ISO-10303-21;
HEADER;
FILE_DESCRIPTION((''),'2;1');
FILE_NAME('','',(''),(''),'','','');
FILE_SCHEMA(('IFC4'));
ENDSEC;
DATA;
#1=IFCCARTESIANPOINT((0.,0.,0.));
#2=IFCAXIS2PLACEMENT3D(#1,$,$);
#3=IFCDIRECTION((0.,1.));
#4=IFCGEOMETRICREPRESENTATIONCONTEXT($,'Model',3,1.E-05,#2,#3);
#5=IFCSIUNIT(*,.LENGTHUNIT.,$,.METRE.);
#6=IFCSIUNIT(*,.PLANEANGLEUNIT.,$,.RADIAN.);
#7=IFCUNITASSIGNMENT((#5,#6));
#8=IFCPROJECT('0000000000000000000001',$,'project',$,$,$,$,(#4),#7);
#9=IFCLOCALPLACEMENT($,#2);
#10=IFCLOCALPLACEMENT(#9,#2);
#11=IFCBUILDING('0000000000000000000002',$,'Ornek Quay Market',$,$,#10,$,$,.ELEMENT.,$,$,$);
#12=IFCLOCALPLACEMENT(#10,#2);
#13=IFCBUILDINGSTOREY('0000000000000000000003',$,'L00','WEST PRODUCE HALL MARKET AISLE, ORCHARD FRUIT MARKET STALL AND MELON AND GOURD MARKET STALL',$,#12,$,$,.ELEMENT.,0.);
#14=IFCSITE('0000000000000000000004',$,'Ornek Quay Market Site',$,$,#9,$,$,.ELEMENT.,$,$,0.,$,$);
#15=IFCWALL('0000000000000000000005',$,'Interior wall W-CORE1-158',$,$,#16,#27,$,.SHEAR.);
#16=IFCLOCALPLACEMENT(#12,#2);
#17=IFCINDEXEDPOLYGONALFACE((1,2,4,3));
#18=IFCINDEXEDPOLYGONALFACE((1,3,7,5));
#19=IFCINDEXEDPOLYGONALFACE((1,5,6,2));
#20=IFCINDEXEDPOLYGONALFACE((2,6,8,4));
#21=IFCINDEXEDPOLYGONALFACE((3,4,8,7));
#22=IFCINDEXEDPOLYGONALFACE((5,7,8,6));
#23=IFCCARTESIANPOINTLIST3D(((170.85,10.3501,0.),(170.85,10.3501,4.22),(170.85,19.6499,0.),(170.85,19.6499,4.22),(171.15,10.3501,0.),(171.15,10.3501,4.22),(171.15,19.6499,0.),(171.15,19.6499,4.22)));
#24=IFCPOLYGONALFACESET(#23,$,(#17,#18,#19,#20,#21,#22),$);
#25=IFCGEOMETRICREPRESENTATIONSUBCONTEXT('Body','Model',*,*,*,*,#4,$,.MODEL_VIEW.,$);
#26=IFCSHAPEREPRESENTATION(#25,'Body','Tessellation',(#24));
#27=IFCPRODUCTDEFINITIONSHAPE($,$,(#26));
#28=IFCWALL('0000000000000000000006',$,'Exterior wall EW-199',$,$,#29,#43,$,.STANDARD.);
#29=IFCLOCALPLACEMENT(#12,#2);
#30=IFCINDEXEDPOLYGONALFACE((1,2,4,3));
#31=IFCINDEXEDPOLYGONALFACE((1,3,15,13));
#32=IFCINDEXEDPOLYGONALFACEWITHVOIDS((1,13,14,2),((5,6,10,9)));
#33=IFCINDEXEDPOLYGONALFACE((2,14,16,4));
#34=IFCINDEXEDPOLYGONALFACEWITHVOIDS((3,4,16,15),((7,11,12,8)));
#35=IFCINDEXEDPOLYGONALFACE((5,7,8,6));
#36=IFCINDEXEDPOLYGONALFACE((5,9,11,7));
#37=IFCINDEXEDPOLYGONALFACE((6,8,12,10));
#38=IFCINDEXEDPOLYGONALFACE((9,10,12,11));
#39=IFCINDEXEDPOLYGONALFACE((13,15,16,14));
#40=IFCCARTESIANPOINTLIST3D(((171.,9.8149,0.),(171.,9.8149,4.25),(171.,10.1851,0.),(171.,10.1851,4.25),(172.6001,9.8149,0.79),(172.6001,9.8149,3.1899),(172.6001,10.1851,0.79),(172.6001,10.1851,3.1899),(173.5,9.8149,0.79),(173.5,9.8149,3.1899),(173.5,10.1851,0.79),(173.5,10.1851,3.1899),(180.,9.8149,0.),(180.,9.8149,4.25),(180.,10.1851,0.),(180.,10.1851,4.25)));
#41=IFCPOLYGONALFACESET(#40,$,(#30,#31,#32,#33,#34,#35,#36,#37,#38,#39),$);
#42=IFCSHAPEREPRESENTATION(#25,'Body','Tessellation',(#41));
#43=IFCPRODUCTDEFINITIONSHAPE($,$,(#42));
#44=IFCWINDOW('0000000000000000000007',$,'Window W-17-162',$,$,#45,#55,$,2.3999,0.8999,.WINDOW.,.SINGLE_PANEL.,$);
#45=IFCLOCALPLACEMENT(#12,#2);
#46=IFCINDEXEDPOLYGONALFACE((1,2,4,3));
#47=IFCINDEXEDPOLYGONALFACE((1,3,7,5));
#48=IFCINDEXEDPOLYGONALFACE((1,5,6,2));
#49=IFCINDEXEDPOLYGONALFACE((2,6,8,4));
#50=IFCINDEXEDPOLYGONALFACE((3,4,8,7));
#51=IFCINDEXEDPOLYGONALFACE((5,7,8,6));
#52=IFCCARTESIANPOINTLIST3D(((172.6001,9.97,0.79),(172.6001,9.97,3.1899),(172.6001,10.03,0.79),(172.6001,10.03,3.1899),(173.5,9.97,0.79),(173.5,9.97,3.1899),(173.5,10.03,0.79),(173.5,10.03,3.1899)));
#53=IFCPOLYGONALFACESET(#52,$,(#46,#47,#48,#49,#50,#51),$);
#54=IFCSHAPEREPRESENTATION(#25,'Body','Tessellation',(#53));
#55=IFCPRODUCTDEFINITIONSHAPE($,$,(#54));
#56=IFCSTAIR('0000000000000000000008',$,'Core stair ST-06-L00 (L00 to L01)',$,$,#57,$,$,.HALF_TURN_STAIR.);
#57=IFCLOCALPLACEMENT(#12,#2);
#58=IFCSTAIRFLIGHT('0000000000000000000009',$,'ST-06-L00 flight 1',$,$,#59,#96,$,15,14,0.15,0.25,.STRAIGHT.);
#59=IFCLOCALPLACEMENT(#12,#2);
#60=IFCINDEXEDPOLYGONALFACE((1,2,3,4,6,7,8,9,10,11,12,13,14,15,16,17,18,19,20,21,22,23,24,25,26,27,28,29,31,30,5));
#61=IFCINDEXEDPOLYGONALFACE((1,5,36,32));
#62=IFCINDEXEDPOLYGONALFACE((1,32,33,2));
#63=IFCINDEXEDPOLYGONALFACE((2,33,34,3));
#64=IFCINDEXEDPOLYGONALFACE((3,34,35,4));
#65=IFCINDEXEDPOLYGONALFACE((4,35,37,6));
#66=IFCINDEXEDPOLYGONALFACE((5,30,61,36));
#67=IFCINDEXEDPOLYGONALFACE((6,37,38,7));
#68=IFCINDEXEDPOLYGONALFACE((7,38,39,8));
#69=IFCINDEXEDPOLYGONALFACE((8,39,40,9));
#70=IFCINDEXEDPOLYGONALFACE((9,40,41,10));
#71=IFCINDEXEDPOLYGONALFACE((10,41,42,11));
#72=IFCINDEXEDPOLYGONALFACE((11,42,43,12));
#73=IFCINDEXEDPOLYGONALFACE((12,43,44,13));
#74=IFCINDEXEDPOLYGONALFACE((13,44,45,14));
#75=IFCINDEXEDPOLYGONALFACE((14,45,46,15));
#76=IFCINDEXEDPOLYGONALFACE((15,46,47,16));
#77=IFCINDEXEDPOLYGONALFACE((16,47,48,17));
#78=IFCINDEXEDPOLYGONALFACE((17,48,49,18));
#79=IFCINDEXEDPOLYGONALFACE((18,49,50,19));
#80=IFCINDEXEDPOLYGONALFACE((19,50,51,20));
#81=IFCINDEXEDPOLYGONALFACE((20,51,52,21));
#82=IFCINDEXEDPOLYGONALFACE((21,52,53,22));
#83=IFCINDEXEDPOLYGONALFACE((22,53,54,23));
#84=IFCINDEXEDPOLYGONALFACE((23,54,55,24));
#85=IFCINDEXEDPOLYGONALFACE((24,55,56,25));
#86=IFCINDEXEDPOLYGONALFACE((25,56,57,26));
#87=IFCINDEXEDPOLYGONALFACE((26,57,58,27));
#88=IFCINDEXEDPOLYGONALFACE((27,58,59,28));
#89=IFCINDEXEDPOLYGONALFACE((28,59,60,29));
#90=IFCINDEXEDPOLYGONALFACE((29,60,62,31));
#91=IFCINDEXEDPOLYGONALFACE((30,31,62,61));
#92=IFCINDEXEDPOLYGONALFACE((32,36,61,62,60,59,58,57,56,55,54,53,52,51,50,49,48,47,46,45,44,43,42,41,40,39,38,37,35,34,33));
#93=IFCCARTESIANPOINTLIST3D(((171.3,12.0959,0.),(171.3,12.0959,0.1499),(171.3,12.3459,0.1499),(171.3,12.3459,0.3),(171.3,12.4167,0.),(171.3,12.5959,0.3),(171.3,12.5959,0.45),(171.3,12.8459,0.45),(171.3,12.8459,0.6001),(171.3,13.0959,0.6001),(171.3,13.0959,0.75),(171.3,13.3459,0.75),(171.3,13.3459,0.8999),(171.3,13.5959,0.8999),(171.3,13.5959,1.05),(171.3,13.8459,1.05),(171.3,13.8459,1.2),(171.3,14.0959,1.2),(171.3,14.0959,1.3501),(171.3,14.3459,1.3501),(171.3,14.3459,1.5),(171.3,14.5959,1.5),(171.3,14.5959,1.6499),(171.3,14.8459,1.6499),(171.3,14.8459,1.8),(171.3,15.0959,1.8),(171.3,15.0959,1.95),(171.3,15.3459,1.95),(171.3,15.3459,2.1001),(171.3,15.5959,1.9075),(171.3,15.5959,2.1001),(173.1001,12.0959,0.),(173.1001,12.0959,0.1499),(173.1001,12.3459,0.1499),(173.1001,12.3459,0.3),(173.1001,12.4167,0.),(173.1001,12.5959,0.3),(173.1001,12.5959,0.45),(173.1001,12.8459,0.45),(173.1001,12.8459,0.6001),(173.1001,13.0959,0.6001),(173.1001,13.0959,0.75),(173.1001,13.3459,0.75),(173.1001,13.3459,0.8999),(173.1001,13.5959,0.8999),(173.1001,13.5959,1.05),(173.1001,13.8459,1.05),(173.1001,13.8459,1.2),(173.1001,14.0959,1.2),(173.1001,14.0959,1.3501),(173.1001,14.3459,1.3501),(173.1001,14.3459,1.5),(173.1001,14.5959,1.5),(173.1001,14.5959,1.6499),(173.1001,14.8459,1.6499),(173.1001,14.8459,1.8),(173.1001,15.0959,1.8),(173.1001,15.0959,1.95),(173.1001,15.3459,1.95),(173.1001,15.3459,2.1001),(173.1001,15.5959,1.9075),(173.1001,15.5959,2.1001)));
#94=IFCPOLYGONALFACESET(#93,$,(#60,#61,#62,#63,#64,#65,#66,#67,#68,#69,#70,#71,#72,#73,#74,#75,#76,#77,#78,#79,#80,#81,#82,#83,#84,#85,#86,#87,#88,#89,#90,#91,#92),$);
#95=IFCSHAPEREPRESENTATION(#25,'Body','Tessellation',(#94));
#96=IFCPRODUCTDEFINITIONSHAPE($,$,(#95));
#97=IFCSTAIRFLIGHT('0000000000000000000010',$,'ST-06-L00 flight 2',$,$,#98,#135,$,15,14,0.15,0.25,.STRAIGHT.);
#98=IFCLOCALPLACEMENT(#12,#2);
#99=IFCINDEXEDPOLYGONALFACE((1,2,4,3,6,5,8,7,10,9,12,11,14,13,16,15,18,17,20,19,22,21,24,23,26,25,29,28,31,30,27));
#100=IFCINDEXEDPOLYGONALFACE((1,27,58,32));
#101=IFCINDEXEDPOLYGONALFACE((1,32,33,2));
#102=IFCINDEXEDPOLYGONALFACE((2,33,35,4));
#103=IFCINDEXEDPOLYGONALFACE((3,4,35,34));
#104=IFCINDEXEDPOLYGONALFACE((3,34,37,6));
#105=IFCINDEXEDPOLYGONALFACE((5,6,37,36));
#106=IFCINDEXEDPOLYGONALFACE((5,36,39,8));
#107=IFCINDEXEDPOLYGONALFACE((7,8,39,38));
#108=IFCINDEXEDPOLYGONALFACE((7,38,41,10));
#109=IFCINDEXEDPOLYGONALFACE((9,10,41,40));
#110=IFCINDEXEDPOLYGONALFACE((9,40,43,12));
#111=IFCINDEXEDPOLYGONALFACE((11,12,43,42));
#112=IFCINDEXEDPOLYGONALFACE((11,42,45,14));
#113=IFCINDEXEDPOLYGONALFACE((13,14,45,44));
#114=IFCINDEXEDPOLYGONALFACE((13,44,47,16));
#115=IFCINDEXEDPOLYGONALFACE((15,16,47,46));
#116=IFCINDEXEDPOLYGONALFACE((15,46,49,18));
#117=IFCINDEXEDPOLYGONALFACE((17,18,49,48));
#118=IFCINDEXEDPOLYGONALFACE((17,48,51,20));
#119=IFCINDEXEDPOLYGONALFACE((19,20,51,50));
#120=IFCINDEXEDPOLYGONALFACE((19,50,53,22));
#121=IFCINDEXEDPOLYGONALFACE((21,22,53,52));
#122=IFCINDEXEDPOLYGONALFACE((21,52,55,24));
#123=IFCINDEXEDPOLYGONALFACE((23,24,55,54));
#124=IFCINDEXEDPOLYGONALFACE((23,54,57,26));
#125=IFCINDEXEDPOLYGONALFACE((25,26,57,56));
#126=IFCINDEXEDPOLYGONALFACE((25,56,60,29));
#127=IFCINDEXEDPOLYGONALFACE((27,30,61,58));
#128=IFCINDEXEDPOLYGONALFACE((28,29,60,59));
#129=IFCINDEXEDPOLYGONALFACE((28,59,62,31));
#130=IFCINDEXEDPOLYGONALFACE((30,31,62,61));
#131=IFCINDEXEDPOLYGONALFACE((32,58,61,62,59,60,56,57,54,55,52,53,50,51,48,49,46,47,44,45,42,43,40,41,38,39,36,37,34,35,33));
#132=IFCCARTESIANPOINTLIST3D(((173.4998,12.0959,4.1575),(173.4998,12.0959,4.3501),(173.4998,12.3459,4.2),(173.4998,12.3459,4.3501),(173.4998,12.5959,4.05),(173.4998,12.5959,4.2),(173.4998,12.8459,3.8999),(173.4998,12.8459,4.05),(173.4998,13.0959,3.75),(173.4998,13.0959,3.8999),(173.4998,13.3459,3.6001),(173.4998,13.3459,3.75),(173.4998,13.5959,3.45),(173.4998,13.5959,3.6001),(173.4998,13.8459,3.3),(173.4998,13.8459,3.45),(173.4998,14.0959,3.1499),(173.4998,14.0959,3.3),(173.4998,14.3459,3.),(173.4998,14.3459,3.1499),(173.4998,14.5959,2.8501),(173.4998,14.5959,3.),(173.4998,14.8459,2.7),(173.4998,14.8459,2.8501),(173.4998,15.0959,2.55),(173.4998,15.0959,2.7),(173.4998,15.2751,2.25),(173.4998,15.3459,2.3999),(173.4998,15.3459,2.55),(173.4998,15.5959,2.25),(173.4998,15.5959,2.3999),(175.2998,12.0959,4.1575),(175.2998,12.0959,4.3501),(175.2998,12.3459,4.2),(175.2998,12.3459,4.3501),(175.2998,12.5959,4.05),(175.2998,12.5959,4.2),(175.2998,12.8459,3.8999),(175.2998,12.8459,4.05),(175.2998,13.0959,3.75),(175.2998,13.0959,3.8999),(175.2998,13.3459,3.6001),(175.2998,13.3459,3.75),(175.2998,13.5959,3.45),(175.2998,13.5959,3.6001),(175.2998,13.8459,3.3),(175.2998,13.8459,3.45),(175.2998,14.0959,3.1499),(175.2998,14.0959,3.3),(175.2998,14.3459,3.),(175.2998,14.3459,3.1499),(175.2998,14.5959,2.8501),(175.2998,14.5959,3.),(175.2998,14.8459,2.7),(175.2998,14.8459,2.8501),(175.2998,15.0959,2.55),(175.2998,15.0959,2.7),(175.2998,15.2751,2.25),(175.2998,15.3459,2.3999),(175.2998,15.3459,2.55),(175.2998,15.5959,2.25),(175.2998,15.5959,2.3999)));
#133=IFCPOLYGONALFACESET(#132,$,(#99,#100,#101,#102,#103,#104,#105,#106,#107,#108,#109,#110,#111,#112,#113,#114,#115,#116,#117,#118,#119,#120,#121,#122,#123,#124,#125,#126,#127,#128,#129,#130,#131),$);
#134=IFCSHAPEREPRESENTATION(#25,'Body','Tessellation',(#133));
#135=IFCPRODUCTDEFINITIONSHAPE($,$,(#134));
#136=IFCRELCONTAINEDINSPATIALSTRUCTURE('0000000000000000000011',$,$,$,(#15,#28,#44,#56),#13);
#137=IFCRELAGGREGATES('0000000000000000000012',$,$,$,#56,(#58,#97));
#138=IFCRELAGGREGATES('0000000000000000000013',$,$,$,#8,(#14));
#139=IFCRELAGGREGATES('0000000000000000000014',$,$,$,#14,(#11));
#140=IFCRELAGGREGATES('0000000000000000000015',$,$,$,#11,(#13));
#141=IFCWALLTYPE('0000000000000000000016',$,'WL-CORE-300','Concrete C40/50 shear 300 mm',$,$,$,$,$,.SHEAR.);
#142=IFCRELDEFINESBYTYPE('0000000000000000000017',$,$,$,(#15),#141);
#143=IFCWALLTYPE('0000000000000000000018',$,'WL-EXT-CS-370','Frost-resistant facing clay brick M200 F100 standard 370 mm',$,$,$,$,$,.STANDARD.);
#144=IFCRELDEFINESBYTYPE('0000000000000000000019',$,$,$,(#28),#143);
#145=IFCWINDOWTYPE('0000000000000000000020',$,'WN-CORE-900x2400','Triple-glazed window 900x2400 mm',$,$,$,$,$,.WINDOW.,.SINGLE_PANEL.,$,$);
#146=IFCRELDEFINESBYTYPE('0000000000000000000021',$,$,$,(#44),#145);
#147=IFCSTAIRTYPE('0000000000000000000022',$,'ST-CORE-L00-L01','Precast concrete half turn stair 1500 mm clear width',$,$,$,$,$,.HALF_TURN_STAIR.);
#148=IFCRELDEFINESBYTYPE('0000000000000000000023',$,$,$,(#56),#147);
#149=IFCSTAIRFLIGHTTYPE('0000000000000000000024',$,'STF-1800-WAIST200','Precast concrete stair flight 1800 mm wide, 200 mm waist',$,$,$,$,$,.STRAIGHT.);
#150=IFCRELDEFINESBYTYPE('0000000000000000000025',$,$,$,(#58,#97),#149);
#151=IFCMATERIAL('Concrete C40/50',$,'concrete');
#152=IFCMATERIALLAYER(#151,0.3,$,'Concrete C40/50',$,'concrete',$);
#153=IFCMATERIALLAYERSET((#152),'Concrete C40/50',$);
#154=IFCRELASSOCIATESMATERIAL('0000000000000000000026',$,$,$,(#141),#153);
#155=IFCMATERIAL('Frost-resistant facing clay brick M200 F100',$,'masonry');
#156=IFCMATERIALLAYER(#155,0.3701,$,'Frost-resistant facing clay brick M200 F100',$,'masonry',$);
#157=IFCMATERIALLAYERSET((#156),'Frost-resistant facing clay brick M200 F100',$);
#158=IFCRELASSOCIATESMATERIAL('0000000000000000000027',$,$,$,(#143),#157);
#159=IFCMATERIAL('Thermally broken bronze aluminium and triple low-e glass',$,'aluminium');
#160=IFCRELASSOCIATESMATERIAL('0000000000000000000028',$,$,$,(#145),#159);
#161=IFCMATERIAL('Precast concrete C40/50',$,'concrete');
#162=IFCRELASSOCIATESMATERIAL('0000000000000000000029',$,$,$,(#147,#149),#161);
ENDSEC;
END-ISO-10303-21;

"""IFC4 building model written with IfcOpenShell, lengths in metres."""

from ifc_helpers import new_model, si_unit, direction, frame, frame_2d, origin, place, context, subcontext, project, spatial, polyline, rectangle, outline, extrude, material, layer, layer_set, type_object, element, fill, aggregate, save


model = new_model("IFC4")

# Units and contexts
model_context = context("Model", 3, precision=1e-05, world=origin(), true_north=direction((0.0, 1.0)))
body_context = subcontext(model_context, "Body", "Model", "MODEL_VIEW")
ifc_project = project(units=[si_unit("LENGTHUNIT", "METRE"), si_unit("PLANEANGLEUNIT", "RADIAN")], contexts=[model_context])

# Site, building, storey
site_placement = place(None, origin())
site = spatial("IfcSite", under=ifc_project, at=site_placement, Name="Ornek Quay Market Site", CompositionType="ELEMENT", RefElevation=0.0)
building_placement = place(site_placement, origin())
building = spatial("IfcBuilding", under=site, at=building_placement, Name="Ornek Quay Market", CompositionType="ELEMENT")
storey_placement = place(building_placement, origin())
storey = spatial("IfcBuildingStorey", under=building, at=storey_placement, Name="L00", Description="WEST PRODUCE HALL MARKET AISLE, ORCHARD FRUIT MARKET STALL AND MELON AND GOURD MARKET STALL", CompositionType="ELEMENT", Elevation=0.0)

# Shared definitions
ifc_material_1 = material(Name="Concrete C40/50", Category="concrete")

# Shared definitions
ifc_layer_1 = layer(ifc_material_1, 0.3, Name="Concrete C40/50", Category="concrete")
ifc_layer_set_1 = layer_set([ifc_layer_1], Name="Concrete C40/50")
wall_type_1 = type_object("IfcWallType", Name="WL-CORE-300", Description="Concrete C40/50 shear 300 mm", PredefinedType="SHEAR", material=ifc_layer_set_1)

# Wall
wall_1_placement = place(storey_placement, frame((171.0, 10.3501, 0.0), z_axis=(0.0, 0.0, 1.0), x_axis=(0.0, 1.0, 0.0)))
element("IfcWall", 1, at=wall_1_placement, inside=storey, type_object=wall_type_1, Name="Interior wall W-CORE1-158", PredefinedType="SHEAR", context=body_context, shape_type="SweptSolid", body=[
    extrude(rectangle(XDim=9.2998, YDim=0.3, at=frame_2d((4.6499, 0.0))), origin(), (0.0, 0.0, 1.0), 4.22),
])

# Wall, opening, window
ifc_material_2 = material(Name="Frost-resistant facing clay brick M200 F100", Category="masonry")
ifc_layer_2 = layer(ifc_material_2, 0.3701, Name="Frost-resistant facing clay brick M200 F100", Category="masonry")
ifc_layer_set_2 = layer_set([ifc_layer_2], Name="Frost-resistant facing clay brick M200 F100")
wall_type_2 = type_object("IfcWallType", Name="WL-EXT-CS-370", Description="Frost-resistant facing clay brick M200 F100 standard 370 mm", PredefinedType="STANDARD", material=ifc_layer_set_2)
wall_2_placement = place(storey_placement, frame((171.0, 10.0, 0.0), z_axis=(0.0, 0.0, 1.0), x_axis=(1.0, 0.0, 0.0)))
wall_2 = element("IfcWall", 2, at=wall_2_placement, inside=storey, type_object=wall_type_2, Name="Exterior wall EW-199", PredefinedType="STANDARD", context=body_context, shape_type="SweptSolid", body=[
    extrude(rectangle(XDim=9.0, YDim=0.3701, at=frame_2d((4.5, 0.0))), origin(), (0.0, 0.0, 1.0), 4.25),
])
opening_1_placement = place(wall_2_placement, frame((1.6001, 0.0, 0.79)))
opening_1 = element("IfcOpeningElement", 3, at=opening_1_placement, cuts=wall_2, PredefinedType="OPENING", context=body_context, shape_type="SweptSolid", body=[
    extrude(rectangle(XDim=0.8999, YDim=2.3999, at=frame_2d((0.45, 1.2))), frame((0.0, 0.1951, 0.0), z_axis=(0.0, -1.0, 0.0), x_axis=(1.0, 0.0, 0.0)), (0.0, 0.0, 1.0), 0.3901),
])
ifc_material_3 = material(Name="Thermally broken bronze aluminium and triple low-e glass", Category="aluminium")
window_type = type_object("IfcWindowType", Name="WN-CORE-900x2400", Description="Triple-glazed window 900x2400 mm", PartitioningType="SINGLE_PANEL", PredefinedType="WINDOW", material=ifc_material_3)
window_placement = place(opening_1_placement, origin())
window = element("IfcWindow", 4, at=window_placement, inside=storey, type_object=window_type, Name="Window W-17-162", OverallHeight=2.3999, OverallWidth=0.8999, PartitioningType="SINGLE_PANEL", PredefinedType="WINDOW", context=body_context, shape_type="SweptSolid", body=[
    extrude(rectangle(XDim=0.8999, YDim=2.3999, at=frame_2d((0.45, 1.2))), frame((0.0, 0.03, 0.0), z_axis=(0.0, -1.0, 0.0), x_axis=(1.0, 0.0, 0.0)), (0.0, 0.0, 1.0), 0.0601),
])
fill(opening_1, window)

# Stair, stair flights
ifc_material_4 = material(Name="Precast concrete C40/50", Category="concrete")
stair_type = type_object("IfcStairType", Name="ST-CORE-L00-L01", Description="Precast concrete half turn stair 1500 mm clear width", PredefinedType="HALF_TURN_STAIR", material=ifc_material_4)
stair_placement = place(storey_placement, origin())
stair = element("IfcStair", 5, at=stair_placement, inside=storey, type_object=stair_type, Name="Core stair ST-06-L00 (L00 to L01)", PredefinedType="HALF_TURN_STAIR")
stair_flight_type = type_object("IfcStairFlightType", Name="STF-1800-WAIST200", Description="Precast concrete stair flight 1800 mm wide, 200 mm waist", PredefinedType="STRAIGHT", material=ifc_material_4)
stair_flight_1_placement = place(storey_placement, frame((172.2, 12.0959, 0.0), z_axis=(0.0, 0.0, 1.0), x_axis=(0.0, 1.0, 0.0)))
stair_flight_1 = element("IfcStairFlight", 6, at=stair_flight_1_placement, type_object=stair_flight_type, Name="ST-06-L00 flight 1", NumberOfRisers=15, NumberOfTreads=14, PredefinedType="STRAIGHT", RiserHeight=0.15, TreadLength=0.25, context=body_context, shape_type="SweptSolid", body=[
    extrude(outline(polyline([(0.0, 0.0), (0.0, 0.1499), (0.25, 0.1499), (0.25, 0.3), (0.5, 0.3), (0.5, 0.45), (0.75, 0.45), (0.75, 0.6001), (1.0, 0.6001), (1.0, 0.75), (1.25, 0.75), (1.25, 0.8999), (1.5, 0.8999), (1.5, 1.05), (1.75, 1.05), (1.75, 1.2), (2.0, 1.2), (2.0, 1.3501), (2.25, 1.3501), (2.25, 1.5), (2.5, 1.5), (2.5, 1.6499), (2.75, 1.6499), (2.75, 1.8), (3.0, 1.8), (3.0, 1.95), (3.25, 1.95), (3.25, 2.1001), (3.5, 2.1001), (3.5, 2.25), (3.5, 1.9075), (0.3208, 0.0), (0.0, 0.0)])), frame((0.0, 0.8999, 0.0), z_axis=(0.0, -1.0, 0.0), x_axis=(1.0, 0.0, 0.0)), (0.0, 0.0, 1.0), 1.8),
])
stair_flight_2_placement = place(storey_placement, frame((174.3999, 15.5959, 2.25), z_axis=(0.0, 0.0, 1.0), x_axis=(0.0, -1.0, 0.0)))
stair_flight_2 = element("IfcStairFlight", 7, at=stair_flight_2_placement, type_object=stair_flight_type, Name="ST-06-L00 flight 2", NumberOfRisers=15, NumberOfTreads=14, PredefinedType="STRAIGHT", RiserHeight=0.15, TreadLength=0.25, context=body_context, shape_type="SweptSolid", body=[
    extrude(outline(polyline([(0.0, 0.0), (0.0, 0.1499), (0.25, 0.1499), (0.25, 0.3), (0.5, 0.3), (0.5, 0.45), (0.75, 0.45), (0.75, 0.6001), (1.0, 0.6001), (1.0, 0.75), (1.25, 0.75), (1.25, 0.8999), (1.5, 0.8999), (1.5, 1.05), (1.75, 1.05), (1.75, 1.2), (2.0, 1.2), (2.0, 1.3501), (2.25, 1.3501), (2.25, 1.5), (2.5, 1.5), (2.5, 1.6499), (2.75, 1.6499), (2.75, 1.8), (3.0, 1.8), (3.0, 1.95), (3.25, 1.95), (3.25, 2.1001), (3.5, 2.1001), (3.5, 2.25), (3.5, 1.9075), (0.3208, 0.0), (0.0, 0.0)])), frame((0.0, 0.8999, 0.0), z_axis=(0.0, -1.0, 0.0), x_axis=(1.0, 0.0, 0.0)), (0.0, 0.0, 1.0), 1.8),
])
aggregate(stair, [stair_flight_1, stair_flight_2])

save(model, "model.ifc")
